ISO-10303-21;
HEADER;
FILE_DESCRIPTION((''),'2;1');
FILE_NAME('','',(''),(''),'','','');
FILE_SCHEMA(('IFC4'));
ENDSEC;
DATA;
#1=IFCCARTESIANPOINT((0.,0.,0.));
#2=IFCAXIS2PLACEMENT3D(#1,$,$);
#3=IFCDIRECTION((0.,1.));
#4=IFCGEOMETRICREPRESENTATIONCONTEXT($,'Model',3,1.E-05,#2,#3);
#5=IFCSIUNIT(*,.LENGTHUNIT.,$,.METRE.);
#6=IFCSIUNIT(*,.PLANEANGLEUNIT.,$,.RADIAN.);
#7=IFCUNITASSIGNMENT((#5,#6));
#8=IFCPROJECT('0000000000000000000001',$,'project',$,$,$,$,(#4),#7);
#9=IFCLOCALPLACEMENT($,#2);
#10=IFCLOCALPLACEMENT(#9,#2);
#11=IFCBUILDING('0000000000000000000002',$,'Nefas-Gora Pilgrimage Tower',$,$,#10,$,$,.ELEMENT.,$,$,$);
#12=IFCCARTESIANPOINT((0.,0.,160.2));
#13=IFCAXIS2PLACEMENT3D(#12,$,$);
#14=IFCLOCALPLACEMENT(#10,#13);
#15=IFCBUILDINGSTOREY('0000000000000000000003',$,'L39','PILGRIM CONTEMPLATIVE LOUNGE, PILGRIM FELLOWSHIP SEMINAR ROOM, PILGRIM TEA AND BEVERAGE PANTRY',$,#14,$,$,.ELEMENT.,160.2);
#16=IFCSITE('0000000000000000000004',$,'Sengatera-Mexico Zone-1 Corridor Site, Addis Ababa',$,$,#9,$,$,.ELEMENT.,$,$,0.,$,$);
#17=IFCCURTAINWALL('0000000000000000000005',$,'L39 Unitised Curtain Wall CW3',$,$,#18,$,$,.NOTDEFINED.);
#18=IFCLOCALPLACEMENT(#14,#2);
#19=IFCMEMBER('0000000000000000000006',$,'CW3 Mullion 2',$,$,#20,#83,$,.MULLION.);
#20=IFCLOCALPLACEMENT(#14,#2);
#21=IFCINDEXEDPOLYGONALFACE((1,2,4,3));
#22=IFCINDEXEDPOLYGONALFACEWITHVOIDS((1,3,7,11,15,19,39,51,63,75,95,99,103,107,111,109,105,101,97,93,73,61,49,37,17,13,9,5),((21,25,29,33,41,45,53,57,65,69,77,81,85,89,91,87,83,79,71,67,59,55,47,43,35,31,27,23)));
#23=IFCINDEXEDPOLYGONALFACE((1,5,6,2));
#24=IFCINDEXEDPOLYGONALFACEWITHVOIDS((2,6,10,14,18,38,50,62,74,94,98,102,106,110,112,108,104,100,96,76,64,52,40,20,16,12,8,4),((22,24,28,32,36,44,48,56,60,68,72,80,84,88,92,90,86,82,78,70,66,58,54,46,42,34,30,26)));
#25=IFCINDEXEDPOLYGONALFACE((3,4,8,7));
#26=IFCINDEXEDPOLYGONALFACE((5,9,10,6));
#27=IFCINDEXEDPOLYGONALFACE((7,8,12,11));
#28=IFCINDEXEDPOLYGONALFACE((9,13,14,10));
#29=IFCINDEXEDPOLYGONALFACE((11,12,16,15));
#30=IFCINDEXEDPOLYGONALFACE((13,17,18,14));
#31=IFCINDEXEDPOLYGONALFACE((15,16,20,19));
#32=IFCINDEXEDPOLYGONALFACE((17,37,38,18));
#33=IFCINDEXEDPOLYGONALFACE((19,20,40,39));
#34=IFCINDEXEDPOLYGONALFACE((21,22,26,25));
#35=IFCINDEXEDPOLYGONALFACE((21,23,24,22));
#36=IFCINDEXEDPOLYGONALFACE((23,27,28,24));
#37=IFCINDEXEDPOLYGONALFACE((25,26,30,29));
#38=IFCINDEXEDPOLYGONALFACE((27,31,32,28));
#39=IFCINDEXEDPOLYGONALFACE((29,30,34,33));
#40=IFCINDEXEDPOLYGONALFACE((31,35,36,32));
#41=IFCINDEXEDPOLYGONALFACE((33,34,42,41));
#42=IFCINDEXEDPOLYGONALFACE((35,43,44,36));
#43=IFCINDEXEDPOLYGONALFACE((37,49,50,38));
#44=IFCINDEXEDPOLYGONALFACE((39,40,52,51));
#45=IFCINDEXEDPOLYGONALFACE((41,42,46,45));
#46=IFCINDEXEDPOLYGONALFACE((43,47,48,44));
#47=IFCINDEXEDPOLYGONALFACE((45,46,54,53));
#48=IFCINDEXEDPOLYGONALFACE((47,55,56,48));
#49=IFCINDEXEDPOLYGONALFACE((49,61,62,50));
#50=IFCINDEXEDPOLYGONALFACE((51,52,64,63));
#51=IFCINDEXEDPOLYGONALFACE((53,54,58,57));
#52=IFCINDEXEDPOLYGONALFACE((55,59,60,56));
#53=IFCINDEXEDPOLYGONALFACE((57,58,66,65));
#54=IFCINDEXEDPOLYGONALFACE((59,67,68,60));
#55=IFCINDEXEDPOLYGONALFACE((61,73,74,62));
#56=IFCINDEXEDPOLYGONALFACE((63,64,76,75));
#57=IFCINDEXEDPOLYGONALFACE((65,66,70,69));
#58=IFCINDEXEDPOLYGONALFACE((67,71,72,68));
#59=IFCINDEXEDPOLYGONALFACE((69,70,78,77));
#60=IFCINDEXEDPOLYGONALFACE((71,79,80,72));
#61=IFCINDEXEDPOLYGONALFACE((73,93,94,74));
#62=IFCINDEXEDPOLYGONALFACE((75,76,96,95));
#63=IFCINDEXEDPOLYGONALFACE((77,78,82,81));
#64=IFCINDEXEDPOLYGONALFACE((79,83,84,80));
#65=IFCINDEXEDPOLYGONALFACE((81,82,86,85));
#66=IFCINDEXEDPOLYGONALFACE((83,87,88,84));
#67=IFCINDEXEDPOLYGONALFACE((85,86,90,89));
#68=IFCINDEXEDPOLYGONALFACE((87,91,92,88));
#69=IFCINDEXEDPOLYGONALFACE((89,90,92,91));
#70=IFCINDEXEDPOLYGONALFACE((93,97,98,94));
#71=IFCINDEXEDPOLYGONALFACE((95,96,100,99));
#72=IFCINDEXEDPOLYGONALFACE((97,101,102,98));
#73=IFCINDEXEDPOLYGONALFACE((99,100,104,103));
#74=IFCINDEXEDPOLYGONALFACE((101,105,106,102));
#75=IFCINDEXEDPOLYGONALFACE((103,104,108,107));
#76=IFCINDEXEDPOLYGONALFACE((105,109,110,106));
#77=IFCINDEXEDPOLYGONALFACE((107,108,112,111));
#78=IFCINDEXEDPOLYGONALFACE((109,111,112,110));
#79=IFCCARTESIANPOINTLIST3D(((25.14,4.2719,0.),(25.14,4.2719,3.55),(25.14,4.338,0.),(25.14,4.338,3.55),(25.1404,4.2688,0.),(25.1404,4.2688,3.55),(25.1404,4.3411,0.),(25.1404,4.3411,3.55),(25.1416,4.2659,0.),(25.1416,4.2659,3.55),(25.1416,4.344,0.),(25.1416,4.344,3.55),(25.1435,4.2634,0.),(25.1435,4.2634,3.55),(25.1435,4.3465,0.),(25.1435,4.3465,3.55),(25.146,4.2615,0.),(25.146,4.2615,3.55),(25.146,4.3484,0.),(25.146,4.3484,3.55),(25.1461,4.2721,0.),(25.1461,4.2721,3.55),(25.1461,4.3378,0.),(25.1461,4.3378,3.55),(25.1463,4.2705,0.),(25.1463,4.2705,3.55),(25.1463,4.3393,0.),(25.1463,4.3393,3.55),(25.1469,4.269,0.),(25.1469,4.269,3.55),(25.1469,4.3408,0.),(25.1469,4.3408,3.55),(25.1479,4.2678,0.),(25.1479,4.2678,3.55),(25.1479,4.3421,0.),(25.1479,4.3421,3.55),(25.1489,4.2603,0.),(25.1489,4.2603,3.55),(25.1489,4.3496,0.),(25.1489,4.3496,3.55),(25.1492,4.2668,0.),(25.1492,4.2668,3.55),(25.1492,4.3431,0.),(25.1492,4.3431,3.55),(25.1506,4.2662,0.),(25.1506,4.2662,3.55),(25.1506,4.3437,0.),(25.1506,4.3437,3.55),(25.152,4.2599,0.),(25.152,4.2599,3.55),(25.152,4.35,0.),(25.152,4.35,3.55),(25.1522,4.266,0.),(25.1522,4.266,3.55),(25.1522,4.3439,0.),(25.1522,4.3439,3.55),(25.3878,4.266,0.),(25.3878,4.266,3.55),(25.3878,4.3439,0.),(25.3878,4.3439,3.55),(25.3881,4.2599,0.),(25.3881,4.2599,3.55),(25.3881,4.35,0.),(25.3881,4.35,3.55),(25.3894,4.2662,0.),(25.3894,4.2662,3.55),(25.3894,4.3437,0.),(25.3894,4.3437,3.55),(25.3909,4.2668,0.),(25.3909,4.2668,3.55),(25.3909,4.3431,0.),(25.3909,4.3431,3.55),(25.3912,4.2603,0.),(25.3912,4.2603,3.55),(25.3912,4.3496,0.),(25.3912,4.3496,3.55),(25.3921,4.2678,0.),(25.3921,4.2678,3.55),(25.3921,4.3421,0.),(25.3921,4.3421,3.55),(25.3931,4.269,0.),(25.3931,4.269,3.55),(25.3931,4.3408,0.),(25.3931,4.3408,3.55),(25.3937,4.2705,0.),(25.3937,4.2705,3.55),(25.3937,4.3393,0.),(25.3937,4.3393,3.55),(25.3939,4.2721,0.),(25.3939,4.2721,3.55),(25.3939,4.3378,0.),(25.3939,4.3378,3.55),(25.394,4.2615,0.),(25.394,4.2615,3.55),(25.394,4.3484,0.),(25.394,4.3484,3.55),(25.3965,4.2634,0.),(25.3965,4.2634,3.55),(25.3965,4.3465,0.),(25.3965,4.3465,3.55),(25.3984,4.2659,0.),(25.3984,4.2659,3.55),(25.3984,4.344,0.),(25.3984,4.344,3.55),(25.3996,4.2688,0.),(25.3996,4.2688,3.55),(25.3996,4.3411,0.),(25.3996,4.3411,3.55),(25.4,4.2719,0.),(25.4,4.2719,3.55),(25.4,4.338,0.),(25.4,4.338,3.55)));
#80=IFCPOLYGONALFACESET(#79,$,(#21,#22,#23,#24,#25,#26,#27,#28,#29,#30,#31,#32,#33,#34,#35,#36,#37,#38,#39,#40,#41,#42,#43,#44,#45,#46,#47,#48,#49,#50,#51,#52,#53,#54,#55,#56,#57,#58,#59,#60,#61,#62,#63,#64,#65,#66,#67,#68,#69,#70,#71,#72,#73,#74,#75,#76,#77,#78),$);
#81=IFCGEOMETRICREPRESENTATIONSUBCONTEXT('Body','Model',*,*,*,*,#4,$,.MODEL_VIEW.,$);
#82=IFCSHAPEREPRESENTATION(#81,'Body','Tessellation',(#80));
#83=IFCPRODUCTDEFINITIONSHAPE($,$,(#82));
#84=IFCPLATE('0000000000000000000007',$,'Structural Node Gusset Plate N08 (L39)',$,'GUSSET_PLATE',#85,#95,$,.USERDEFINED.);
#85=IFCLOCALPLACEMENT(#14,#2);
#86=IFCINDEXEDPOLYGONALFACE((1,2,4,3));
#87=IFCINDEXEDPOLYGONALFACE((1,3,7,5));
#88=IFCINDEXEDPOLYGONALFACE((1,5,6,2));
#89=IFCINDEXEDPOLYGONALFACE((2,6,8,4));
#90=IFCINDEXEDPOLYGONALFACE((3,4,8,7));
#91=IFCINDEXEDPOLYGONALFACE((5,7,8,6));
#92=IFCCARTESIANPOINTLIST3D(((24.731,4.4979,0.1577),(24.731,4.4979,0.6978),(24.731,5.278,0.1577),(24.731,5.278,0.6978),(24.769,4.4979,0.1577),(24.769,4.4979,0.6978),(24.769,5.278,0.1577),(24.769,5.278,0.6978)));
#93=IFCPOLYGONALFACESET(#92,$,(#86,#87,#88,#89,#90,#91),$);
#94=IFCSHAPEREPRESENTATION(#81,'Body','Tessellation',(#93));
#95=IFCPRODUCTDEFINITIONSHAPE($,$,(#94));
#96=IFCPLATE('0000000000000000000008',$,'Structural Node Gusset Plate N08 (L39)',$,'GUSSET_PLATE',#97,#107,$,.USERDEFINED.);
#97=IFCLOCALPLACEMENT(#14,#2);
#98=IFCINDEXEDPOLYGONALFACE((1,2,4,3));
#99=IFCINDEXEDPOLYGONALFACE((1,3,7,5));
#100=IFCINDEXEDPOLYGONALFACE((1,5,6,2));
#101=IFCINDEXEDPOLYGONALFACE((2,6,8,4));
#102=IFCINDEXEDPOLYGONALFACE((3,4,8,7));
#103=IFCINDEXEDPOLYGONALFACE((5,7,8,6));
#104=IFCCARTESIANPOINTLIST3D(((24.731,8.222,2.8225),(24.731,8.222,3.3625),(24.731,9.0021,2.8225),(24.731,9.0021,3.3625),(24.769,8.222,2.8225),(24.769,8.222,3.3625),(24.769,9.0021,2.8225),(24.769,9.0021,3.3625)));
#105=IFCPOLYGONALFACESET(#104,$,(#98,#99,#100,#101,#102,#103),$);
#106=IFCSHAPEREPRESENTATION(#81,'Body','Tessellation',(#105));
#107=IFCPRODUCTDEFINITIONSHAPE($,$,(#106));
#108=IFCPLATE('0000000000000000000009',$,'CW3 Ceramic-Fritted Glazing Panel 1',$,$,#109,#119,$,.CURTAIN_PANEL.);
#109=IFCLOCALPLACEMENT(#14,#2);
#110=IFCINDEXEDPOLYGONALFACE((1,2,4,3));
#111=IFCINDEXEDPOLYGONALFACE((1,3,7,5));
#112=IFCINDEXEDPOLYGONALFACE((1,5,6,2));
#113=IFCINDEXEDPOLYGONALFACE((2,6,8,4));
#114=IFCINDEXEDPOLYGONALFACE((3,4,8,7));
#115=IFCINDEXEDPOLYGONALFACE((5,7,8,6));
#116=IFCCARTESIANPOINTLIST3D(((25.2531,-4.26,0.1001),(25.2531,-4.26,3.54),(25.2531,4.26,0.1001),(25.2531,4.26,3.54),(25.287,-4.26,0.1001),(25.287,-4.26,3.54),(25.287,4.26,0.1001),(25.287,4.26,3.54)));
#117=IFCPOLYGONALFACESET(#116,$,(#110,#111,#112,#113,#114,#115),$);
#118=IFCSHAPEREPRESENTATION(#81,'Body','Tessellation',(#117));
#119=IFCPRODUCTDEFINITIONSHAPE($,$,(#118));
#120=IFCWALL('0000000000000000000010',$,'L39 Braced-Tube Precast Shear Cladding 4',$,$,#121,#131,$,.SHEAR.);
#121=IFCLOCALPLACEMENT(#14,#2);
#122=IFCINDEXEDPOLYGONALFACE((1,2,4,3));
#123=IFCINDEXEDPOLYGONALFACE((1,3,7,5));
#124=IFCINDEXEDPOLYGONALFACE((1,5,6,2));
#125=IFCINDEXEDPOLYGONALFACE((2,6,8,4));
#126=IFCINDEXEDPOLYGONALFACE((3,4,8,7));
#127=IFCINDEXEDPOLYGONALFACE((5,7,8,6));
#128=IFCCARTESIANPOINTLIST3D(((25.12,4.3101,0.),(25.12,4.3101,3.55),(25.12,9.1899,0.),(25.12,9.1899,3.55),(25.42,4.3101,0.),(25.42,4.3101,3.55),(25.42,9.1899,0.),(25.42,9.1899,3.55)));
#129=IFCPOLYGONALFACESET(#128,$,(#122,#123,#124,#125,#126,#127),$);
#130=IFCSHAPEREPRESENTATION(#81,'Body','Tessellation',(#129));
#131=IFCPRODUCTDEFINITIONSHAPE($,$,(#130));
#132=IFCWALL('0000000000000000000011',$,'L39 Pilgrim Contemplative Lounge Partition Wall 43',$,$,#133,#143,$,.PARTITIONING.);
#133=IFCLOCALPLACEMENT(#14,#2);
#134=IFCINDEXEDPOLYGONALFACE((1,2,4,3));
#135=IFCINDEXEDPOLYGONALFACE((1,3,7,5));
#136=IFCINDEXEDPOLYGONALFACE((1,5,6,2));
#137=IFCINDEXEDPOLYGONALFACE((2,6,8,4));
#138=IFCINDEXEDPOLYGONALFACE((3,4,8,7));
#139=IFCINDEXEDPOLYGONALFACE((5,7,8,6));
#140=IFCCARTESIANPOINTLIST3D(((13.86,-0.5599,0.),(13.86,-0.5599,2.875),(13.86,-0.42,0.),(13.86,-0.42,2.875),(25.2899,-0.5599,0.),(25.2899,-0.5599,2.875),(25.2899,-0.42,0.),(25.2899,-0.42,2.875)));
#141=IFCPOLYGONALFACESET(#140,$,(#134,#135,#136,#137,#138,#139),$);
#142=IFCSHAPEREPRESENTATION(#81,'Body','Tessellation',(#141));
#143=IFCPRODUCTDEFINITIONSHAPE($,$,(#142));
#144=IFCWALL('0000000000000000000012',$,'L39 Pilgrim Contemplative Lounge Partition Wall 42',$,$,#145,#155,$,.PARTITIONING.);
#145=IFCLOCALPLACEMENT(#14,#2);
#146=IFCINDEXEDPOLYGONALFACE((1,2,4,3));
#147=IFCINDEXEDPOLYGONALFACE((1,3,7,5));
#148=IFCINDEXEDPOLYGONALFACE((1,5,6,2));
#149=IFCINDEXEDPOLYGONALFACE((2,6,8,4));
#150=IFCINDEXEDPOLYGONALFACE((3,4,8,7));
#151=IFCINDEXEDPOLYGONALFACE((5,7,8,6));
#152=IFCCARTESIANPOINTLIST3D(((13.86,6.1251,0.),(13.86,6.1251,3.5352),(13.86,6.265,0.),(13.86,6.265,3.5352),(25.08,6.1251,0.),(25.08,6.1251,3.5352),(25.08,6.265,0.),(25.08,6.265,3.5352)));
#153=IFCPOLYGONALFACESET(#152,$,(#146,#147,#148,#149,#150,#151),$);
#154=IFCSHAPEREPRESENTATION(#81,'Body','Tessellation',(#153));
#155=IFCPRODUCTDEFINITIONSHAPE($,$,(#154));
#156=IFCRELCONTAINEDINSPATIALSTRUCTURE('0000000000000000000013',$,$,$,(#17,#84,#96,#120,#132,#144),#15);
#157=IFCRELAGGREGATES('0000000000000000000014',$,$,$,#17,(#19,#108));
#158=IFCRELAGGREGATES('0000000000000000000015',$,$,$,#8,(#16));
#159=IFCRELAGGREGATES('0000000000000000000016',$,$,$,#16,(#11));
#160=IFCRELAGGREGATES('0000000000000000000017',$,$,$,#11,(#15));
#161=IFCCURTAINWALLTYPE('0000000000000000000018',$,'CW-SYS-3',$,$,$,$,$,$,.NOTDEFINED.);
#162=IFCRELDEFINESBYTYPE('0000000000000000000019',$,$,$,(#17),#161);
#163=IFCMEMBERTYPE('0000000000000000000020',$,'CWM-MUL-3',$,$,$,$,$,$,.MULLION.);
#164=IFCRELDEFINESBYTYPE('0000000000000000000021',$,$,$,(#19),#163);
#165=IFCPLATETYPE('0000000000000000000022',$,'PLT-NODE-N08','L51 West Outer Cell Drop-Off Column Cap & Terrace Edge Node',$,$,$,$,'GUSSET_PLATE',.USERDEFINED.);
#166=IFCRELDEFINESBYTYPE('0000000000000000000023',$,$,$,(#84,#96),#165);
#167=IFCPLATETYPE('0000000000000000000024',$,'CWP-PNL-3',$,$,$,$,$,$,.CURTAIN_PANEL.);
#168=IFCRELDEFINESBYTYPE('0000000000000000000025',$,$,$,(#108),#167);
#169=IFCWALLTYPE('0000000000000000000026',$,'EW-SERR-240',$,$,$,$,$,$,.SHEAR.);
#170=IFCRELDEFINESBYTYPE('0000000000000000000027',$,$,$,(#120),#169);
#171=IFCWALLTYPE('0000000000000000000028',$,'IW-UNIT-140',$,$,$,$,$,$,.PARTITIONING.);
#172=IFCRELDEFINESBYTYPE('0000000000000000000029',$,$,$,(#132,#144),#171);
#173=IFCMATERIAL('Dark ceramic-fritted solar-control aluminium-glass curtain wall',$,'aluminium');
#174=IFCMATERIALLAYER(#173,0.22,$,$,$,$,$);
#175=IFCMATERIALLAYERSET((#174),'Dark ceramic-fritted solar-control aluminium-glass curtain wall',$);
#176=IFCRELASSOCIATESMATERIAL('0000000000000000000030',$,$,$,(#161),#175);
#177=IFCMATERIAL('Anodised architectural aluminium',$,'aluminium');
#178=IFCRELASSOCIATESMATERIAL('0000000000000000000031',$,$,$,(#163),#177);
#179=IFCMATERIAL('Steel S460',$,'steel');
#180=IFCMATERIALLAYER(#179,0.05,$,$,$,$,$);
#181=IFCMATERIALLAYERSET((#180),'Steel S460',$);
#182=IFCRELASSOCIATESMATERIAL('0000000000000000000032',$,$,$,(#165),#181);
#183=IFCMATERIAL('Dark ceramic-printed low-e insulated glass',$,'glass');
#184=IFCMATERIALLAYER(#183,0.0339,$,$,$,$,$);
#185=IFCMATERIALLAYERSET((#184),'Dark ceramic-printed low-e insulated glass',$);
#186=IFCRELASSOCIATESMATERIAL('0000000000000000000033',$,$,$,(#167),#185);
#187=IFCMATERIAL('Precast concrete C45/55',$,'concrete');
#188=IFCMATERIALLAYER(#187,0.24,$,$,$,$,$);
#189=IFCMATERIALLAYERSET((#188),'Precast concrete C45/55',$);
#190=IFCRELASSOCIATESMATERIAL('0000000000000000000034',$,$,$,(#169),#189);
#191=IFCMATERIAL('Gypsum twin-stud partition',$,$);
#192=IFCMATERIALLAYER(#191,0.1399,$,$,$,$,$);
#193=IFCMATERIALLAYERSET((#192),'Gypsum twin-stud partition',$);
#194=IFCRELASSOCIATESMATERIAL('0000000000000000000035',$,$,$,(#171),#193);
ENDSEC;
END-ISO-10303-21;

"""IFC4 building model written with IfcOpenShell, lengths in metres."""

from ifc_helpers import new_model, si_unit, direction, frame, frame_2d, origin, origin_2d, place, context, subcontext, project, spatial, rectangle, hollow_rectangle, extrude, source, transform, mapped, material, layer, layer_set, material_profile, profile_set, type_object, element, aggregate, save


model = new_model("IFC4")

# Units and contexts
model_context = context("Model", 3, precision=1e-05, world=origin(), true_north=direction((0.0, 1.0)))
body_context = subcontext(model_context, "Body", "Model", "MODEL_VIEW")
ifc_project = project(units=[si_unit("LENGTHUNIT", "METRE"), si_unit("PLANEANGLEUNIT", "RADIAN")], contexts=[model_context])

# Site, building, storey
site_placement = place(None, origin())
site = spatial("IfcSite", under=ifc_project, at=site_placement, Name="Sengatera-Mexico Zone-1 Corridor Site, Addis Ababa", CompositionType="ELEMENT", RefElevation=0.0)
building_placement = place(site_placement, origin())
building = spatial("IfcBuilding", under=site, at=building_placement, Name="Nefas-Gora Pilgrimage Tower", CompositionType="ELEMENT")
storey_placement = place(building_placement, frame((0.0, 0.0, 160.2)))
storey = spatial("IfcBuildingStorey", under=building, at=storey_placement, Name="L39", Description="PILGRIM CONTEMPLATIVE LOUNGE, PILGRIM FELLOWSHIP SEMINAR ROOM, PILGRIM TEA AND BEVERAGE PANTRY", CompositionType="ELEMENT", Elevation=160.2)

# Shared definitions
ifc_material_1 = material(Name="Steel S460", Category="steel")

# Curtain wall, member
ifc_material_2 = material(Name="Dark ceramic-fritted solar-control aluminium-glass curtain wall", Category="aluminium")
ifc_layer_1 = layer(ifc_material_2, 0.22)
ifc_layer_set_1 = layer_set([ifc_layer_1], Name="Dark ceramic-fritted solar-control aluminium-glass curtain wall")
curtain_wall_type = type_object("IfcCurtainWallType", Name="CW-SYS-3", PredefinedType="NOTDEFINED", material=ifc_layer_set_1)
curtain_wall_placement = place(storey_placement, origin())
curtain_wall = element("IfcCurtainWall", 1, at=curtain_wall_placement, inside=storey, type_object=curtain_wall_type, Name="L39 Unitised Curtain Wall CW3", PredefinedType="NOTDEFINED")
ifc_material_3 = material(Name="Anodised architectural aluminium", Category="aluminium")
ifc_material_profile_1 = material_profile(ifc_material_3, hollow_rectangle(XDim=0.0901, YDim=0.26, WallThickness=0.0061, InnerFilletRadius=0.0061, OuterFilletRadius=0.012, at=origin_2d()), Name="ALU MULLION 90x260")
ifc_profile_set_1 = profile_set([ifc_material_profile_1], Name="Anodised architectural aluminium")
member_type_1 = type_object("IfcMemberType", Name="CWM-MUL-3", PredefinedType="MULLION", material=ifc_profile_set_1)
shared_shape_1 = source(origin(), body_context, "Body", "SweptSolid", [
    extrude(hollow_rectangle(XDim=0.0901, YDim=0.26, WallThickness=0.0061, InnerFilletRadius=0.0061, OuterFilletRadius=0.012, at=origin_2d()), origin(), (0.0, 0.0, 1.0), 3.55),
])
member_1_placement = place(storey_placement, frame((25.27, 4.3049, 0.0), z_axis=(0.0, 0.0, 1.0), x_axis=(0.0, 1.0, 0.0)))
member_1 = element("IfcMember", 2, at=member_1_placement, type_object=member_type_1, Name="CW3 Mullion 2", PredefinedType="MULLION", context=body_context, shape_type="MappedRepresentation", body=[
    mapped(shared_shape_1, transform((0.0, 0.0, 0.0), x_axis=(1.0, 0.0, 0.0), y_axis=(0.0, 1.0, 0.0), z_axis=(0.0, 0.0, 1.0), scale=1.0)),
])

# Plates
ifc_layer_2 = layer(ifc_material_1, 0.05)
ifc_layer_set_2 = layer_set([ifc_layer_2], Name="Steel S460")
plate_type_1 = type_object("IfcPlateType", Name="PLT-NODE-N08", Description="L51 West Outer Cell Drop-Off Column Cap & Terrace Edge Node", ElementType="GUSSET_PLATE", PredefinedType="USERDEFINED", material=ifc_layer_set_2)
shared_shape_2 = source(origin(), body_context, "Body", "SweptSolid", [
    extrude(rectangle(XDim=0.78, YDim=0.0381, at=origin_2d()), origin(), (0.0, 0.0, 1.0), 0.54),
])
for number, where, z_axis, x_axis, name in (
    (3, (24.75, 4.8879, 0.1577), (0.0, 0.0, 1.0), (0.0, 1.0, 0.0), "Structural Node Gusset Plate N08 (L39)"),
    (4, (24.75, 8.6121, 2.8225), (0.0, 0.0, 1.0), (0.0, 1.0, 0.0), "Structural Node Gusset Plate N08 (L39)"),
):
    element("IfcPlate", number, at=place(storey_placement, frame(where, z_axis=z_axis, x_axis=x_axis)), inside=storey, type_object=plate_type_1, Name=name, ObjectType="GUSSET_PLATE", PredefinedType="USERDEFINED", context=body_context, shape_type="MappedRepresentation", body=[
        mapped(shared_shape_2, transform((0.0, 0.0, 0.0), x_axis=(1.0, 0.0, 0.0), y_axis=(0.0, 1.0, 0.0), z_axis=(0.0, 0.0, 1.0), scale=1.0)),
    ])

# Plate
ifc_material_4 = material(Name="Dark ceramic-printed low-e insulated glass", Category="glass")
ifc_layer_3 = layer(ifc_material_4, 0.0339)
ifc_layer_set_3 = layer_set([ifc_layer_3], Name="Dark ceramic-printed low-e insulated glass")
plate_type_2 = type_object("IfcPlateType", Name="CWP-PNL-3", PredefinedType="CURTAIN_PANEL", material=ifc_layer_set_3)
shared_shape_3 = source(origin(), body_context, "Body", "SweptSolid", [
    extrude(rectangle(XDim=8.52, YDim=0.0339, at=origin_2d()), origin(), (0.0, 0.0, 1.0), 3.4399),
])
plate_placement = place(storey_placement, frame((25.27, 0.0, 0.1001), z_axis=(0.0, 0.0, 1.0), x_axis=(0.0, 1.0, 0.0)))
plate = element("IfcPlate", 5, at=plate_placement, type_object=plate_type_2, Name="CW3 Ceramic-Fritted Glazing Panel 1", PredefinedType="CURTAIN_PANEL", context=body_context, shape_type="MappedRepresentation", body=[
    mapped(shared_shape_3, transform((0.0, 0.0, 0.0), x_axis=(1.0, 0.0, 0.0), y_axis=(0.0, 1.0, 0.0), z_axis=(0.0, 0.0, 1.0), scale=1.0)),
])
aggregate(curtain_wall, [member_1, plate])

# Walls
ifc_material_5 = material(Name="Precast concrete C45/55", Category="concrete")
ifc_layer_4 = layer(ifc_material_5, 0.24)
ifc_layer_set_4 = layer_set([ifc_layer_4], Name="Precast concrete C45/55")
wall_type_1 = type_object("IfcWallType", Name="EW-SERR-240", PredefinedType="SHEAR", material=ifc_layer_set_4)
shared_shape_4 = source(origin(), body_context, "Body", "SweptSolid", [
    extrude(rectangle(XDim=4.8799, YDim=0.3, at=frame_2d((2.4399, 0.0))), origin(), (0.0, 0.0, 1.0), 3.55),
])
wall_1_placement = place(storey_placement, frame((25.27, 4.3101, 0.0), z_axis=(0.0, 0.0, 1.0), x_axis=(0.0, 1.0, 0.0)))
element("IfcWall", 6, at=wall_1_placement, inside=storey, type_object=wall_type_1, Name="L39 Braced-Tube Precast Shear Cladding 4", PredefinedType="SHEAR", context=body_context, shape_type="MappedRepresentation", body=[
    mapped(shared_shape_4, transform((0.0, 0.0, 0.0), x_axis=(1.0, 0.0, 0.0), y_axis=(0.0, 1.0, 0.0), z_axis=(0.0, 0.0, 1.0), scale=1.0)),
])
ifc_material_6 = material(Name="Gypsum twin-stud partition")
ifc_layer_5 = layer(ifc_material_6, 0.1399)
ifc_layer_set_5 = layer_set([ifc_layer_5], Name="Gypsum twin-stud partition")
wall_type_2 = type_object("IfcWallType", Name="IW-UNIT-140", PredefinedType="PARTITIONING", material=ifc_layer_set_5)
shared_shape_5 = source(origin(), body_context, "Body", "SweptSolid", [
    extrude(rectangle(XDim=11.4299, YDim=0.1399, at=frame_2d((5.7148, 0.0))), origin(), (0.0, 0.0, 1.0), 2.875),
])
wall_2_placement = place(storey_placement, frame((13.8601, -0.49, 0.0), z_axis=(0.0, 0.0, 1.0), x_axis=(1.0, 0.0, 0.0)))
element("IfcWall", 7, at=wall_2_placement, inside=storey, type_object=wall_type_2, Name="L39 Pilgrim Contemplative Lounge Partition Wall 43", PredefinedType="PARTITIONING", context=body_context, shape_type="MappedRepresentation", body=[
    mapped(shared_shape_5, transform((0.0, 0.0, 0.0), x_axis=(1.0, 0.0, 0.0), y_axis=(0.0, 1.0, 0.0), z_axis=(0.0, 0.0, 1.0), scale=1.0)),
])
shared_shape_6 = source(origin(), body_context, "Body", "SweptSolid", [
    extrude(rectangle(XDim=11.22, YDim=0.1399, at=frame_2d((5.6099, 0.0))), origin(), (0.0, 0.0, 1.0), 3.5352),
])
wall_3_placement = place(storey_placement, frame((13.8601, 6.1951, 0.0), z_axis=(0.0, 0.0, 1.0), x_axis=(1.0, 0.0, 0.0)))
element("IfcWall", 8, at=wall_3_placement, inside=storey, type_object=wall_type_2, Name="L39 Pilgrim Contemplative Lounge Partition Wall 42", PredefinedType="PARTITIONING", context=body_context, shape_type="MappedRepresentation", body=[
    mapped(shared_shape_6, transform((0.0, 0.0, 0.0), x_axis=(1.0, 0.0, 0.0), y_axis=(0.0, 1.0, 0.0), z_axis=(0.0, 0.0, 1.0), scale=1.0)),
])

save(model, "model.ifc")
